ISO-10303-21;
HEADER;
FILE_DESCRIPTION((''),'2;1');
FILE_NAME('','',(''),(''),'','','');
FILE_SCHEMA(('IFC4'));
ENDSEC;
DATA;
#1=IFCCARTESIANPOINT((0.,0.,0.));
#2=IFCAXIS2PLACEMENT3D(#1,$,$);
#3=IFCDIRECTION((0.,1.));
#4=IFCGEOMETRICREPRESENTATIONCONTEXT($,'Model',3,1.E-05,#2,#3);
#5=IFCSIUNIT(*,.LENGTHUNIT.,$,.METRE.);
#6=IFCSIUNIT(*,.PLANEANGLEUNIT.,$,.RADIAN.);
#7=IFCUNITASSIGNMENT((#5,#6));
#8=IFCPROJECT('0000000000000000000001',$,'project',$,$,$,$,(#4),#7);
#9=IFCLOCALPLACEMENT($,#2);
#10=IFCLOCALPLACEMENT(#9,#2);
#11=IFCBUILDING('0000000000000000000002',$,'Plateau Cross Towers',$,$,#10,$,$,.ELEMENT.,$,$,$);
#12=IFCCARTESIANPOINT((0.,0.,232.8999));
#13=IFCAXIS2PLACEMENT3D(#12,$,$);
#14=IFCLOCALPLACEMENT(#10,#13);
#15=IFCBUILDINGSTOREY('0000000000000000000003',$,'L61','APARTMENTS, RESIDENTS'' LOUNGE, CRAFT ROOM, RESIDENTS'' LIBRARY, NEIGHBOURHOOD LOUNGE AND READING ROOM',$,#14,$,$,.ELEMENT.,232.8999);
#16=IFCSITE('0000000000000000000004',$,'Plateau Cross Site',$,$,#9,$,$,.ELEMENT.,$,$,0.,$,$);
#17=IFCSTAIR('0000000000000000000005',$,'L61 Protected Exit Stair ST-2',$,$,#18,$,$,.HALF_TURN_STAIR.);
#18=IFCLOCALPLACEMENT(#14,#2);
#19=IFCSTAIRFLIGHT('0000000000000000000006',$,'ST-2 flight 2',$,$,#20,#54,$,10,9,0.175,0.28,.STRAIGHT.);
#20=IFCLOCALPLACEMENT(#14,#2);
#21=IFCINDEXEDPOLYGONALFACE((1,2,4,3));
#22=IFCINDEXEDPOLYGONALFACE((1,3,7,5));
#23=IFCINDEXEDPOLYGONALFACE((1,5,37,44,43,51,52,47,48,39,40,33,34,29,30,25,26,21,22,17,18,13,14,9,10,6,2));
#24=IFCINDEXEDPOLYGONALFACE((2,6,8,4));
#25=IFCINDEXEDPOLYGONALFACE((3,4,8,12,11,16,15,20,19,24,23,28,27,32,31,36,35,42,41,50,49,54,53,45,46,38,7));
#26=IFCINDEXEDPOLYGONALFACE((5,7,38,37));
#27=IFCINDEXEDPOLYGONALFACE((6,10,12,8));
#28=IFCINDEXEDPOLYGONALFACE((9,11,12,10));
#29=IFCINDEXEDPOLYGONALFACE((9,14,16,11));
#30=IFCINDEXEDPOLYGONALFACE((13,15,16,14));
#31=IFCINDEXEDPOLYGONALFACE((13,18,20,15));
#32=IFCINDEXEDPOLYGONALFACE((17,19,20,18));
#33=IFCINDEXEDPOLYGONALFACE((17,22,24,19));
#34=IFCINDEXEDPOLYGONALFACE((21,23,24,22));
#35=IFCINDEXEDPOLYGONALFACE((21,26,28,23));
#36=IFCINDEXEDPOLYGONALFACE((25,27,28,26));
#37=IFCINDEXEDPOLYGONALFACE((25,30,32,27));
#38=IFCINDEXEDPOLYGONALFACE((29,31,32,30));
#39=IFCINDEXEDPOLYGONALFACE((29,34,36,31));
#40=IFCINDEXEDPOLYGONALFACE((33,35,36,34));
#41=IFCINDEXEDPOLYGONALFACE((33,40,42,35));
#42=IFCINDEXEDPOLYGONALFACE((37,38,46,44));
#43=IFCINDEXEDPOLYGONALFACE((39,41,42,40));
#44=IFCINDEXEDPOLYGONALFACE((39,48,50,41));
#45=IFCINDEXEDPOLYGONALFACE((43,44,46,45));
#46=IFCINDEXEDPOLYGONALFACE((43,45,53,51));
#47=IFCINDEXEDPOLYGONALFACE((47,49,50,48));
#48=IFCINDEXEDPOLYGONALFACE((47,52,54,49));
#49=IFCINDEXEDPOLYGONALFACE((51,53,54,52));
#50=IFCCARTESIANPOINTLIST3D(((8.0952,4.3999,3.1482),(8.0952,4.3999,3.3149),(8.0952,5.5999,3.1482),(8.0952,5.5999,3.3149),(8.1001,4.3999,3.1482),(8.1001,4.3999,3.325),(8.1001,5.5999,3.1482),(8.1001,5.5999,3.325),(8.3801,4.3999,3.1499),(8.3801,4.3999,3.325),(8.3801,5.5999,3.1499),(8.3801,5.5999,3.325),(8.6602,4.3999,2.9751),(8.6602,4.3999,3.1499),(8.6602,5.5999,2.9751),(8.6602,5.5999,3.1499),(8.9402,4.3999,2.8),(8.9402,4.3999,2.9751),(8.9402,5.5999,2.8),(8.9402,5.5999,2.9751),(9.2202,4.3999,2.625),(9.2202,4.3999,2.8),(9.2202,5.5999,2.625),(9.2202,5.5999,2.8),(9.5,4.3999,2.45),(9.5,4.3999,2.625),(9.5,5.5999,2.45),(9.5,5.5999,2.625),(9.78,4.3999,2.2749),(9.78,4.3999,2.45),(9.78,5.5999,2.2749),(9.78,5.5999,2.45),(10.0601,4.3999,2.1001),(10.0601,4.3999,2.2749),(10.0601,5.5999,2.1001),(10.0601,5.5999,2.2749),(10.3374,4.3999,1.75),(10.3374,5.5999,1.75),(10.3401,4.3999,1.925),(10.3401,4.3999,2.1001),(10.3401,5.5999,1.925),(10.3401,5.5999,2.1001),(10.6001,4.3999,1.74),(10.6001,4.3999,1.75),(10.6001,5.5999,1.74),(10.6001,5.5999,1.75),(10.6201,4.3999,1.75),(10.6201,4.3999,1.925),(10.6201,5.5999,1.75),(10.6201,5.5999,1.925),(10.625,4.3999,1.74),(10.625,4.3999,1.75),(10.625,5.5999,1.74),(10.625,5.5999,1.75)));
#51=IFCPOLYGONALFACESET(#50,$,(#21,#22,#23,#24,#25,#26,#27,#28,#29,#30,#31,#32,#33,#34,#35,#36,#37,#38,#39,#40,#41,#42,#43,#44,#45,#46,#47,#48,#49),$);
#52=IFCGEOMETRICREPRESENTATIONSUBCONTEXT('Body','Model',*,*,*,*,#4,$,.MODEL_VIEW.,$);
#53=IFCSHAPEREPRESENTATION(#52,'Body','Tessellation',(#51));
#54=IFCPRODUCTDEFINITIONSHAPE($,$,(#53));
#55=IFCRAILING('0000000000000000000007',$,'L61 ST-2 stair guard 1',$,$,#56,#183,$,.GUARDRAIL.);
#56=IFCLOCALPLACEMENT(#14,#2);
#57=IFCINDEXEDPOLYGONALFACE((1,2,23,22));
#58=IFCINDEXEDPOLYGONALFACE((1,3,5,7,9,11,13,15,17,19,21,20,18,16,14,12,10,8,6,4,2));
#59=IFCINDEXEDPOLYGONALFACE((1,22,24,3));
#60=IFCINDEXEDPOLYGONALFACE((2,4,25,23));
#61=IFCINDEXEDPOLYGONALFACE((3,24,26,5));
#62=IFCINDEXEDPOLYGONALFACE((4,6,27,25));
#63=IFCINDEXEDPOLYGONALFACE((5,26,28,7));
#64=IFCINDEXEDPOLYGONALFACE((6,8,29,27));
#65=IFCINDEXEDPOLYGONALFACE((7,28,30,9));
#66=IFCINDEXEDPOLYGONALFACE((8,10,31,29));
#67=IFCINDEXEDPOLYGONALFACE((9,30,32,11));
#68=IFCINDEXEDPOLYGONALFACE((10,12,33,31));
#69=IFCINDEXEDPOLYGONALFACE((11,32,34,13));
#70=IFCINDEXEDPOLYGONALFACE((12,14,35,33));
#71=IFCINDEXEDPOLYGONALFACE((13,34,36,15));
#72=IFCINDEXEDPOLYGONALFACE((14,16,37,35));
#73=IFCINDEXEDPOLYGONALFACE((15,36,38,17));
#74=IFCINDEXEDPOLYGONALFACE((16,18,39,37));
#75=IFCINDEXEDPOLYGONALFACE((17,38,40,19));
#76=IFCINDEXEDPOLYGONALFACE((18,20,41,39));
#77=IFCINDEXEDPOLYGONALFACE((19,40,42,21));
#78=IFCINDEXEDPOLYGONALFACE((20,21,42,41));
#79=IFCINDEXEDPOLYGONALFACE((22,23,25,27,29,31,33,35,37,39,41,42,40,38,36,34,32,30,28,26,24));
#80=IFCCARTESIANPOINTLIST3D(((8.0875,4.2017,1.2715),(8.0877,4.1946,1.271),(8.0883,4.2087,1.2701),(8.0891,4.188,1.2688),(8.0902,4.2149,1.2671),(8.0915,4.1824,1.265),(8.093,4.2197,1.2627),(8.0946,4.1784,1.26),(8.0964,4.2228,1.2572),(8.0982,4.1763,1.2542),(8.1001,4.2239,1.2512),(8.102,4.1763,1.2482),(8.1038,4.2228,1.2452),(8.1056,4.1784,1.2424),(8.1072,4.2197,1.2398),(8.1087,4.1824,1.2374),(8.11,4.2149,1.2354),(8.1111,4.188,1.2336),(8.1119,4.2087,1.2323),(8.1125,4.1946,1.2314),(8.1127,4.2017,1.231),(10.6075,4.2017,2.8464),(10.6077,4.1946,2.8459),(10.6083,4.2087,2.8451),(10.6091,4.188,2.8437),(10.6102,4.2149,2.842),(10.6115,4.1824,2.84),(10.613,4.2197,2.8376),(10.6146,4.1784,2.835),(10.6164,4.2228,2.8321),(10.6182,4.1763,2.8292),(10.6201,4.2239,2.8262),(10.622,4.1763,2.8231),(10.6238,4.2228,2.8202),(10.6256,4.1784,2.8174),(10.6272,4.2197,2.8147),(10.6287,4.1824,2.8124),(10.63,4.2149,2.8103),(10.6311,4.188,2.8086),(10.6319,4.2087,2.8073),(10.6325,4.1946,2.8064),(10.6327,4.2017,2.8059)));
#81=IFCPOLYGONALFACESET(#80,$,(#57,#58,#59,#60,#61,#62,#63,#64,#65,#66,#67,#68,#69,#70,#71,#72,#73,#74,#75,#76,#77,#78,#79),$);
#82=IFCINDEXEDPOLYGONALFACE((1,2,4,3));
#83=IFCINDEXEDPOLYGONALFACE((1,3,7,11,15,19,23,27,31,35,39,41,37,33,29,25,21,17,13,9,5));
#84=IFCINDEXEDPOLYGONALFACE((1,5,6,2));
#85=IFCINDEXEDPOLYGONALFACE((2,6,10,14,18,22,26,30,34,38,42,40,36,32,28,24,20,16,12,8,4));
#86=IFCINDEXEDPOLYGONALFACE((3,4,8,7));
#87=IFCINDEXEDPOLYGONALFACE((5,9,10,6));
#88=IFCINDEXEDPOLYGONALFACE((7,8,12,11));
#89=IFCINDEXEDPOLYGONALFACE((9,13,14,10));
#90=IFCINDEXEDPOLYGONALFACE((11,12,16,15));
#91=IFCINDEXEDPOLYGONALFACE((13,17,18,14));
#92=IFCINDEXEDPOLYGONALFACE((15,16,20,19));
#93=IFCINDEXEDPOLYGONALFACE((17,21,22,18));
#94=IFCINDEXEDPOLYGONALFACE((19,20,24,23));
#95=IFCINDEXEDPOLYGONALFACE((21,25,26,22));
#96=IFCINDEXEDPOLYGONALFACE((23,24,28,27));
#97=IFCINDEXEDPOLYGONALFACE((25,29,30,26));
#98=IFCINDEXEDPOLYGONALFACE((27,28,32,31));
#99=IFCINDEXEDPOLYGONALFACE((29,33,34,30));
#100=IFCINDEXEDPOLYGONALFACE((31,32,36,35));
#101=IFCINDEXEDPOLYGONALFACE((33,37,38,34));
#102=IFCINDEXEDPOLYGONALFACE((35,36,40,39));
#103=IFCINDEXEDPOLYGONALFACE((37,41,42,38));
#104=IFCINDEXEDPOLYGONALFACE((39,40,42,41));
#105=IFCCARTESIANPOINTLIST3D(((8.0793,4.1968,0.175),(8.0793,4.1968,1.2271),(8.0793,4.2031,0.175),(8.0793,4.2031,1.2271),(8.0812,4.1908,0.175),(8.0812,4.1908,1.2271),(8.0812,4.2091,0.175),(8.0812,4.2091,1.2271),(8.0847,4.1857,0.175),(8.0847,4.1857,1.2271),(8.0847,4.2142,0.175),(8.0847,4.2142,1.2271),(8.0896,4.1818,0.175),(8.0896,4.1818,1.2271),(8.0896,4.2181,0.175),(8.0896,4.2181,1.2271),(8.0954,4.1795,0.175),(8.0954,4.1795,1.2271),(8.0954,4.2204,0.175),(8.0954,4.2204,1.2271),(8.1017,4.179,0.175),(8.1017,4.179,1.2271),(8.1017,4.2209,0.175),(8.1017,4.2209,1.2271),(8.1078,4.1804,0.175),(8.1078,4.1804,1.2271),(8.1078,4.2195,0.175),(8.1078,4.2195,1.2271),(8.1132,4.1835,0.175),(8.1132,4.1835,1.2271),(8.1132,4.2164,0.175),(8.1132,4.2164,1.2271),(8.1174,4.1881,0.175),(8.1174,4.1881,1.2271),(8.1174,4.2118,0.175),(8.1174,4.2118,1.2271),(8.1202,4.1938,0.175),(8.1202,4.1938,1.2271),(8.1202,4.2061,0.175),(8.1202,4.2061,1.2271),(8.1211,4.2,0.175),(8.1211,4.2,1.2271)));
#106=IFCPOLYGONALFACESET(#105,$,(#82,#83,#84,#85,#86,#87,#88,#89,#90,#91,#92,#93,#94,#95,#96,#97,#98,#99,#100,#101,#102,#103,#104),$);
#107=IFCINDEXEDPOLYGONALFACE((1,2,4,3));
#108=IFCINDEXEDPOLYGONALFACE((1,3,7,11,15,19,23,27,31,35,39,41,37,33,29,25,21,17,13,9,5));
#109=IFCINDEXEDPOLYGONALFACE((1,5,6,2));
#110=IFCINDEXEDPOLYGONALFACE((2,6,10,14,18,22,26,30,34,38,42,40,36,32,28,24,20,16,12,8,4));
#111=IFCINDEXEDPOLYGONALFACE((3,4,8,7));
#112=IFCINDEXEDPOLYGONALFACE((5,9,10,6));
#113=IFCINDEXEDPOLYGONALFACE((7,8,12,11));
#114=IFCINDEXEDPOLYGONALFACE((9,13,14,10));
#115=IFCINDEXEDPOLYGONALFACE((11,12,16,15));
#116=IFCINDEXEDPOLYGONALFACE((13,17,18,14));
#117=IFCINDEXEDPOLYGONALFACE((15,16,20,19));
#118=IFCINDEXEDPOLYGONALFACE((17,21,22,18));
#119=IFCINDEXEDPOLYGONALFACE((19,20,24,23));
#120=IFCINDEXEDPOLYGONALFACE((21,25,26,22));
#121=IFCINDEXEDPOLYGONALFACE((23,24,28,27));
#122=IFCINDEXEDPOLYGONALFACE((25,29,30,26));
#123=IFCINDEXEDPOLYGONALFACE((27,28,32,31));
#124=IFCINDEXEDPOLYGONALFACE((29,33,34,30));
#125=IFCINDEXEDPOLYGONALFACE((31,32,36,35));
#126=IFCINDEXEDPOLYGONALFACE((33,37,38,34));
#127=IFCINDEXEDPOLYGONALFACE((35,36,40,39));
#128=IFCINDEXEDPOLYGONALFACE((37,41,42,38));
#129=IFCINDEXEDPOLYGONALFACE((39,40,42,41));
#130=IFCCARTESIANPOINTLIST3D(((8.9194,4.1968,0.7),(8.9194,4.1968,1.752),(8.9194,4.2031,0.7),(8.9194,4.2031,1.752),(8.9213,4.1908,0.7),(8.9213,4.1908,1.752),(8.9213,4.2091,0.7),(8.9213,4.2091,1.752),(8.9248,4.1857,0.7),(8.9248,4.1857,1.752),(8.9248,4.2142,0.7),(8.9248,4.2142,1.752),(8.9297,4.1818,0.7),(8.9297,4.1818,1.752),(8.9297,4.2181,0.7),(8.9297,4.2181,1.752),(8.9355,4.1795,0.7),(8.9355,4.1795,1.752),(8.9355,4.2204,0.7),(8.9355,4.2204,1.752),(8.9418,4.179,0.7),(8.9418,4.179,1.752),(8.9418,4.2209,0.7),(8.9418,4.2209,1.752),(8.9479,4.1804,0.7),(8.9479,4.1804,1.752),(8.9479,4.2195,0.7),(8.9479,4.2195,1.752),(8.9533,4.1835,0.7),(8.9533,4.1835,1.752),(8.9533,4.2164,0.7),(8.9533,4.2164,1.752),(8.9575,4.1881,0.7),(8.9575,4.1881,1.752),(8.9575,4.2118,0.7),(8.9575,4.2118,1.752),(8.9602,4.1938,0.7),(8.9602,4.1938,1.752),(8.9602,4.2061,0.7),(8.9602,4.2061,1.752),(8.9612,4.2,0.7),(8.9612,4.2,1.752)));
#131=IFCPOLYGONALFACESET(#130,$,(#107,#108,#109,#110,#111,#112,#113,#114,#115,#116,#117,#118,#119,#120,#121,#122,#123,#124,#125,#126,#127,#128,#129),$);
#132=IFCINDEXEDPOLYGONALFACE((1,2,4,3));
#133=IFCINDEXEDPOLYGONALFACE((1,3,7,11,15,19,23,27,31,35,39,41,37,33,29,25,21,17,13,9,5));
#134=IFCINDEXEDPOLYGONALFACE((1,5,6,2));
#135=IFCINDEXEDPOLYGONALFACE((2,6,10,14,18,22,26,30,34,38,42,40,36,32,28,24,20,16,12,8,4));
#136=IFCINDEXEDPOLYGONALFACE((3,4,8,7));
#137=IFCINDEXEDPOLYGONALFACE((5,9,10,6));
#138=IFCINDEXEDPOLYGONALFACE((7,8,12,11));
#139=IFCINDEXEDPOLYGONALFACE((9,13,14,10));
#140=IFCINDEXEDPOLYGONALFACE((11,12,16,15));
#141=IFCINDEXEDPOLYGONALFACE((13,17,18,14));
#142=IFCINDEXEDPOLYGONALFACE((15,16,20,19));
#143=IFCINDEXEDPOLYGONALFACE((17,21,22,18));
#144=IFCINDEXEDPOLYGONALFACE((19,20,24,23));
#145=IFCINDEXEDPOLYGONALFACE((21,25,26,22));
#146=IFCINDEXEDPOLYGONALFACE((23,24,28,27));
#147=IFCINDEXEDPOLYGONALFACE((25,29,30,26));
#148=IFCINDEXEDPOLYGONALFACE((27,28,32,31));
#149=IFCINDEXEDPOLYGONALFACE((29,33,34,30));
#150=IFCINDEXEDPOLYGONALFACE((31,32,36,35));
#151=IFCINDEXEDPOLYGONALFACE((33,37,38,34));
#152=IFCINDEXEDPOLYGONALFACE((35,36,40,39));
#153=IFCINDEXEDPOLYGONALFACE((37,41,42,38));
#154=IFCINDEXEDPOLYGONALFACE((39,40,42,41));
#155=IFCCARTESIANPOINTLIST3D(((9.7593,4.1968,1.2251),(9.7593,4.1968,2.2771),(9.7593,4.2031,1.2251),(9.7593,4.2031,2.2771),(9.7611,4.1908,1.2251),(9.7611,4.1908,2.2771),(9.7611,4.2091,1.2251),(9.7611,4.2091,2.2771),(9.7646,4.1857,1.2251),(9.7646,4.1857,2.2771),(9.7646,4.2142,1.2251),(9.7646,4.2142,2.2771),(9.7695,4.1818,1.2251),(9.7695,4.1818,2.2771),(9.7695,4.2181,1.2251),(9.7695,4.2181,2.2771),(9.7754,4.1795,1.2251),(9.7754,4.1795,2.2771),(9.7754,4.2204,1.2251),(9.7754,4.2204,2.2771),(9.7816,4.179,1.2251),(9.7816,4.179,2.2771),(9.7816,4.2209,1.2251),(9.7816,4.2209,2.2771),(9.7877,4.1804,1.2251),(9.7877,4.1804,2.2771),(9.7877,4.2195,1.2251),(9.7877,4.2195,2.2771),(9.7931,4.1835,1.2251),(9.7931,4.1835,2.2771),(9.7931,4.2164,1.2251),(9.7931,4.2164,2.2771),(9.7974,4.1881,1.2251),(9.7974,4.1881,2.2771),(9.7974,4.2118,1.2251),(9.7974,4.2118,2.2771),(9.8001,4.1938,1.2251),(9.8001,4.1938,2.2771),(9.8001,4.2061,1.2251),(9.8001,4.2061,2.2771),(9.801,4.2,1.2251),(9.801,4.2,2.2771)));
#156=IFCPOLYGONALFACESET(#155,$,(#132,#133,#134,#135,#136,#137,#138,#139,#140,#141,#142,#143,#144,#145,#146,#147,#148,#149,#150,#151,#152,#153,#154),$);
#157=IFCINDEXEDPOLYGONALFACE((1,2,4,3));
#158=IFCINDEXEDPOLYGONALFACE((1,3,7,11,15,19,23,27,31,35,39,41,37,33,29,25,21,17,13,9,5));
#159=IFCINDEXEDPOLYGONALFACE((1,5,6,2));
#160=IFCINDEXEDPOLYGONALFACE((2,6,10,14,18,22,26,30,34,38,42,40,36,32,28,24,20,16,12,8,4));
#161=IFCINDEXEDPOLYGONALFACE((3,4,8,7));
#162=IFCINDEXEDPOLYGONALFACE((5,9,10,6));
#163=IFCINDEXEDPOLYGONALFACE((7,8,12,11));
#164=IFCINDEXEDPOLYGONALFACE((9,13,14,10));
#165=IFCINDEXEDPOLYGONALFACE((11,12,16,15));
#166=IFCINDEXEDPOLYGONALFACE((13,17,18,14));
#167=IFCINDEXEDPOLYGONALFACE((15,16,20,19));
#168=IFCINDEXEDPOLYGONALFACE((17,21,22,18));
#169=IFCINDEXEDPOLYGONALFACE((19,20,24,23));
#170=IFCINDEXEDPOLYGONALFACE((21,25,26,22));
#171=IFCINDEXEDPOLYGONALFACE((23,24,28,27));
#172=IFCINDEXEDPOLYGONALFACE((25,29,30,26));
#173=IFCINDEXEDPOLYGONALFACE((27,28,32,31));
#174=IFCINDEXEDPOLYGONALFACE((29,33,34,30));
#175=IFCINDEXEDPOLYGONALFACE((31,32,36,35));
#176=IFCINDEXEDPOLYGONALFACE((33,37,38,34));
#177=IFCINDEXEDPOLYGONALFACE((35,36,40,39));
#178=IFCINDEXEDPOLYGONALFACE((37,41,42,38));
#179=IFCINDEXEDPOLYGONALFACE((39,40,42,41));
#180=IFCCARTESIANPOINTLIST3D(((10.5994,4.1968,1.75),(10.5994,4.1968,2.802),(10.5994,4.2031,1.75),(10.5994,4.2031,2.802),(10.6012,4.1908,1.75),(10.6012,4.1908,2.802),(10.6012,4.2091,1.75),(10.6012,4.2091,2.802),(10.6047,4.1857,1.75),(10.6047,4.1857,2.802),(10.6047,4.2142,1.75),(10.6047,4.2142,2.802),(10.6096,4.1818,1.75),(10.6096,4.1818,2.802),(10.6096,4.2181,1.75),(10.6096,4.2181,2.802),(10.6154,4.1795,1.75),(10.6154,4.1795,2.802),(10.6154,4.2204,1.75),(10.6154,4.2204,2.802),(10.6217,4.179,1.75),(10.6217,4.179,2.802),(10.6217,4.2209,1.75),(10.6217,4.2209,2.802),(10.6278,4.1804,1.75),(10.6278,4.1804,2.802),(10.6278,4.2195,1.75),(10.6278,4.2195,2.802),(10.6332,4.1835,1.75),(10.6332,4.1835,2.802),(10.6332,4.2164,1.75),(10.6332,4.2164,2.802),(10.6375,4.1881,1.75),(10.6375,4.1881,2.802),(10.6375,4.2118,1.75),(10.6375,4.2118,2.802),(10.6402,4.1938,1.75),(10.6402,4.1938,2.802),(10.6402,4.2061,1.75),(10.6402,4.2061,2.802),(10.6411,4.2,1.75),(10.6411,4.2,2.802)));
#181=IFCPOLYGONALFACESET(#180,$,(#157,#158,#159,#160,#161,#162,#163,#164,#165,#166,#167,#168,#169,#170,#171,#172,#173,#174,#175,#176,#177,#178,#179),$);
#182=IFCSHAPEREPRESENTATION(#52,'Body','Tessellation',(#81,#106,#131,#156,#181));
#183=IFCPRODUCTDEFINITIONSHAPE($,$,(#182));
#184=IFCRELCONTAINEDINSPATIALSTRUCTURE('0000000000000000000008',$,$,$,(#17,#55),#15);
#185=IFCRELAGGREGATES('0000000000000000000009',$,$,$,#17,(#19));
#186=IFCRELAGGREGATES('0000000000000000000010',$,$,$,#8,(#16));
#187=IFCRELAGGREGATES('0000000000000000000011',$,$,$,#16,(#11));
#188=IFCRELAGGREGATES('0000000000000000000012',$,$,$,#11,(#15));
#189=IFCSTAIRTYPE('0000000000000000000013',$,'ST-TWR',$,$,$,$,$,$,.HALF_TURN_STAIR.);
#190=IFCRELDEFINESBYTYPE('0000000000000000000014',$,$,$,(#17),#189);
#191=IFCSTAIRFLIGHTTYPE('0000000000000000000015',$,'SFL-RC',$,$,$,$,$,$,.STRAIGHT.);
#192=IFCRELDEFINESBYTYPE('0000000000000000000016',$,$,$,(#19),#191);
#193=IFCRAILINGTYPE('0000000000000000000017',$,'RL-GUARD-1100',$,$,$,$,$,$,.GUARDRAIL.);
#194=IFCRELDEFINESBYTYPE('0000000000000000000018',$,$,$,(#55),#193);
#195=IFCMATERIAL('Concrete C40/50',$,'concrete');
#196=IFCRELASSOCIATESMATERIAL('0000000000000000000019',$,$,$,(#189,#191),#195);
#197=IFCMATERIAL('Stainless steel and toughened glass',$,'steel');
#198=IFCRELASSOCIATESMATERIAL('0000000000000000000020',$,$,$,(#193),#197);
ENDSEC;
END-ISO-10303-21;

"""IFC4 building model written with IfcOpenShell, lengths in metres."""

from ifc_helpers import new_model, si_unit, direction, frame, origin, origin_2d, place, context, subcontext, project, spatial, polyline, circle, outline, extrude, material, type_object, element, aggregate, save


model = new_model("IFC4")

# Units and contexts
model_context = context("Model", 3, precision=1e-05, world=origin(), true_north=direction((0.0, 1.0)))
body_context = subcontext(model_context, "Body", "Model", "MODEL_VIEW")
ifc_project = project(units=[si_unit("LENGTHUNIT", "METRE"), si_unit("PLANEANGLEUNIT", "RADIAN")], contexts=[model_context])

# Site, building, storey
site_placement = place(None, origin())
site = spatial("IfcSite", under=ifc_project, at=site_placement, Name="Plateau Cross Site", CompositionType="ELEMENT", RefElevation=0.0)
building_placement = place(site_placement, origin())
building = spatial("IfcBuilding", under=site, at=building_placement, Name="Plateau Cross Towers", CompositionType="ELEMENT")
storey_placement = place(building_placement, frame((0.0, 0.0, 232.8999)))
storey = spatial("IfcBuildingStorey", under=building, at=storey_placement, Name="L61", Description="APARTMENTS, RESIDENTS' LOUNGE, CRAFT ROOM, RESIDENTS' LIBRARY, NEIGHBOURHOOD LOUNGE AND READING ROOM", CompositionType="ELEMENT", Elevation=232.8999)

# Stair, stair flight
ifc_material_1 = material(Name="Concrete C40/50", Category="concrete")
stair_type = type_object("IfcStairType", Name="ST-TWR", PredefinedType="HALF_TURN_STAIR", material=ifc_material_1)
stair_placement = place(storey_placement, origin())
stair = element("IfcStair", 1, at=stair_placement, inside=storey, type_object=stair_type, Name="L61 Protected Exit Stair ST-2", PredefinedType="HALF_TURN_STAIR")
stair_flight_type = type_object("IfcStairFlightType", Name="SFL-RC", PredefinedType="STRAIGHT", material=ifc_material_1)
stair_flight_1_placement = place(storey_placement, frame((10.6201, 5.0, 1.75), z_axis=(0.0, 0.0, 1.0), x_axis=(-1.0, 0.0, 0.0)))
stair_flight_1 = element("IfcStairFlight", 2, at=stair_flight_1_placement, type_object=stair_flight_type, Name="ST-2 flight 2", NumberOfRisers=10, NumberOfTreads=9, PredefinedType="STRAIGHT", RiserHeight=0.175, TreadLength=0.28, context=body_context, shape_type="SweptSolid", body=[
    extrude(outline(polyline([(-0.0049, -0.01), (-0.0049, 0.0), (0.0, 0.0), (0.0, 0.175), (0.28, 0.175), (0.28, 0.3501), (0.5601, 0.3501), (0.5601, 0.5249), (0.8401, 0.5249), (0.8401, 0.7), (1.1201, 0.7), (1.1201, 0.875), (1.3999, 0.875), (1.3999, 1.05), (1.6799, 1.05), (1.6799, 1.2251), (1.96, 1.2251), (1.96, 1.3999), (2.24, 1.3999), (2.24, 1.575), (2.52, 1.575), (2.5249, 1.5649), (2.5249, 1.3982), (2.52, 1.3982), (0.2827, 0.0), (0.02, 0.0), (0.02, -0.01), (-0.0049, -0.01)])), frame((0.0, 0.6001, 0.0), z_axis=(0.0, -1.0, 0.0), x_axis=(1.0, 0.0, 0.0)), (0.0, 0.0, 1.0), 1.2),
])
aggregate(stair, [stair_flight_1])

# Railing
ifc_material_2 = material(Name="Stainless steel and toughened glass", Category="steel")
railing_type_1 = type_object("IfcRailingType", Name="RL-GUARD-1100", PredefinedType="GUARDRAIL", material=ifc_material_2)
railing_1_placement = place(storey_placement, frame((8.1001, 4.2, 0.175)))
element("IfcRailing", 3, at=railing_1_placement, inside=storey, type_object=railing_type_1, Name="L61 ST-2 stair guard 1", PredefinedType="GUARDRAIL", context=body_context, shape_type="SweptSolid", body=[
    extrude(circle(Radius=0.0239, at=origin_2d()), frame((0.0, 0.0, 1.0762), z_axis=(0.848008, 0.0, 0.529984), x_axis=(0.0, 1.0, 0.0)), (0.0, 0.0, 1.0), 2.9717),
    extrude(circle(Radius=0.021, at=origin_2d()), origin(), (0.0, 0.0, 1.0), 1.052),
    extrude(circle(Radius=0.021, at=origin_2d()), frame((0.8401, 0.0, 0.5249)), (0.0, 0.0, 1.0), 1.052),
    extrude(circle(Radius=0.021, at=origin_2d()), frame((1.6799, 0.0, 1.05)), (0.0, 0.0, 1.0), 1.052),
    extrude(circle(Radius=0.021, at=origin_2d()), frame((2.52, 0.0, 1.575)), (0.0, 0.0, 1.0), 1.052),
])

save(model, "model.ifc")
